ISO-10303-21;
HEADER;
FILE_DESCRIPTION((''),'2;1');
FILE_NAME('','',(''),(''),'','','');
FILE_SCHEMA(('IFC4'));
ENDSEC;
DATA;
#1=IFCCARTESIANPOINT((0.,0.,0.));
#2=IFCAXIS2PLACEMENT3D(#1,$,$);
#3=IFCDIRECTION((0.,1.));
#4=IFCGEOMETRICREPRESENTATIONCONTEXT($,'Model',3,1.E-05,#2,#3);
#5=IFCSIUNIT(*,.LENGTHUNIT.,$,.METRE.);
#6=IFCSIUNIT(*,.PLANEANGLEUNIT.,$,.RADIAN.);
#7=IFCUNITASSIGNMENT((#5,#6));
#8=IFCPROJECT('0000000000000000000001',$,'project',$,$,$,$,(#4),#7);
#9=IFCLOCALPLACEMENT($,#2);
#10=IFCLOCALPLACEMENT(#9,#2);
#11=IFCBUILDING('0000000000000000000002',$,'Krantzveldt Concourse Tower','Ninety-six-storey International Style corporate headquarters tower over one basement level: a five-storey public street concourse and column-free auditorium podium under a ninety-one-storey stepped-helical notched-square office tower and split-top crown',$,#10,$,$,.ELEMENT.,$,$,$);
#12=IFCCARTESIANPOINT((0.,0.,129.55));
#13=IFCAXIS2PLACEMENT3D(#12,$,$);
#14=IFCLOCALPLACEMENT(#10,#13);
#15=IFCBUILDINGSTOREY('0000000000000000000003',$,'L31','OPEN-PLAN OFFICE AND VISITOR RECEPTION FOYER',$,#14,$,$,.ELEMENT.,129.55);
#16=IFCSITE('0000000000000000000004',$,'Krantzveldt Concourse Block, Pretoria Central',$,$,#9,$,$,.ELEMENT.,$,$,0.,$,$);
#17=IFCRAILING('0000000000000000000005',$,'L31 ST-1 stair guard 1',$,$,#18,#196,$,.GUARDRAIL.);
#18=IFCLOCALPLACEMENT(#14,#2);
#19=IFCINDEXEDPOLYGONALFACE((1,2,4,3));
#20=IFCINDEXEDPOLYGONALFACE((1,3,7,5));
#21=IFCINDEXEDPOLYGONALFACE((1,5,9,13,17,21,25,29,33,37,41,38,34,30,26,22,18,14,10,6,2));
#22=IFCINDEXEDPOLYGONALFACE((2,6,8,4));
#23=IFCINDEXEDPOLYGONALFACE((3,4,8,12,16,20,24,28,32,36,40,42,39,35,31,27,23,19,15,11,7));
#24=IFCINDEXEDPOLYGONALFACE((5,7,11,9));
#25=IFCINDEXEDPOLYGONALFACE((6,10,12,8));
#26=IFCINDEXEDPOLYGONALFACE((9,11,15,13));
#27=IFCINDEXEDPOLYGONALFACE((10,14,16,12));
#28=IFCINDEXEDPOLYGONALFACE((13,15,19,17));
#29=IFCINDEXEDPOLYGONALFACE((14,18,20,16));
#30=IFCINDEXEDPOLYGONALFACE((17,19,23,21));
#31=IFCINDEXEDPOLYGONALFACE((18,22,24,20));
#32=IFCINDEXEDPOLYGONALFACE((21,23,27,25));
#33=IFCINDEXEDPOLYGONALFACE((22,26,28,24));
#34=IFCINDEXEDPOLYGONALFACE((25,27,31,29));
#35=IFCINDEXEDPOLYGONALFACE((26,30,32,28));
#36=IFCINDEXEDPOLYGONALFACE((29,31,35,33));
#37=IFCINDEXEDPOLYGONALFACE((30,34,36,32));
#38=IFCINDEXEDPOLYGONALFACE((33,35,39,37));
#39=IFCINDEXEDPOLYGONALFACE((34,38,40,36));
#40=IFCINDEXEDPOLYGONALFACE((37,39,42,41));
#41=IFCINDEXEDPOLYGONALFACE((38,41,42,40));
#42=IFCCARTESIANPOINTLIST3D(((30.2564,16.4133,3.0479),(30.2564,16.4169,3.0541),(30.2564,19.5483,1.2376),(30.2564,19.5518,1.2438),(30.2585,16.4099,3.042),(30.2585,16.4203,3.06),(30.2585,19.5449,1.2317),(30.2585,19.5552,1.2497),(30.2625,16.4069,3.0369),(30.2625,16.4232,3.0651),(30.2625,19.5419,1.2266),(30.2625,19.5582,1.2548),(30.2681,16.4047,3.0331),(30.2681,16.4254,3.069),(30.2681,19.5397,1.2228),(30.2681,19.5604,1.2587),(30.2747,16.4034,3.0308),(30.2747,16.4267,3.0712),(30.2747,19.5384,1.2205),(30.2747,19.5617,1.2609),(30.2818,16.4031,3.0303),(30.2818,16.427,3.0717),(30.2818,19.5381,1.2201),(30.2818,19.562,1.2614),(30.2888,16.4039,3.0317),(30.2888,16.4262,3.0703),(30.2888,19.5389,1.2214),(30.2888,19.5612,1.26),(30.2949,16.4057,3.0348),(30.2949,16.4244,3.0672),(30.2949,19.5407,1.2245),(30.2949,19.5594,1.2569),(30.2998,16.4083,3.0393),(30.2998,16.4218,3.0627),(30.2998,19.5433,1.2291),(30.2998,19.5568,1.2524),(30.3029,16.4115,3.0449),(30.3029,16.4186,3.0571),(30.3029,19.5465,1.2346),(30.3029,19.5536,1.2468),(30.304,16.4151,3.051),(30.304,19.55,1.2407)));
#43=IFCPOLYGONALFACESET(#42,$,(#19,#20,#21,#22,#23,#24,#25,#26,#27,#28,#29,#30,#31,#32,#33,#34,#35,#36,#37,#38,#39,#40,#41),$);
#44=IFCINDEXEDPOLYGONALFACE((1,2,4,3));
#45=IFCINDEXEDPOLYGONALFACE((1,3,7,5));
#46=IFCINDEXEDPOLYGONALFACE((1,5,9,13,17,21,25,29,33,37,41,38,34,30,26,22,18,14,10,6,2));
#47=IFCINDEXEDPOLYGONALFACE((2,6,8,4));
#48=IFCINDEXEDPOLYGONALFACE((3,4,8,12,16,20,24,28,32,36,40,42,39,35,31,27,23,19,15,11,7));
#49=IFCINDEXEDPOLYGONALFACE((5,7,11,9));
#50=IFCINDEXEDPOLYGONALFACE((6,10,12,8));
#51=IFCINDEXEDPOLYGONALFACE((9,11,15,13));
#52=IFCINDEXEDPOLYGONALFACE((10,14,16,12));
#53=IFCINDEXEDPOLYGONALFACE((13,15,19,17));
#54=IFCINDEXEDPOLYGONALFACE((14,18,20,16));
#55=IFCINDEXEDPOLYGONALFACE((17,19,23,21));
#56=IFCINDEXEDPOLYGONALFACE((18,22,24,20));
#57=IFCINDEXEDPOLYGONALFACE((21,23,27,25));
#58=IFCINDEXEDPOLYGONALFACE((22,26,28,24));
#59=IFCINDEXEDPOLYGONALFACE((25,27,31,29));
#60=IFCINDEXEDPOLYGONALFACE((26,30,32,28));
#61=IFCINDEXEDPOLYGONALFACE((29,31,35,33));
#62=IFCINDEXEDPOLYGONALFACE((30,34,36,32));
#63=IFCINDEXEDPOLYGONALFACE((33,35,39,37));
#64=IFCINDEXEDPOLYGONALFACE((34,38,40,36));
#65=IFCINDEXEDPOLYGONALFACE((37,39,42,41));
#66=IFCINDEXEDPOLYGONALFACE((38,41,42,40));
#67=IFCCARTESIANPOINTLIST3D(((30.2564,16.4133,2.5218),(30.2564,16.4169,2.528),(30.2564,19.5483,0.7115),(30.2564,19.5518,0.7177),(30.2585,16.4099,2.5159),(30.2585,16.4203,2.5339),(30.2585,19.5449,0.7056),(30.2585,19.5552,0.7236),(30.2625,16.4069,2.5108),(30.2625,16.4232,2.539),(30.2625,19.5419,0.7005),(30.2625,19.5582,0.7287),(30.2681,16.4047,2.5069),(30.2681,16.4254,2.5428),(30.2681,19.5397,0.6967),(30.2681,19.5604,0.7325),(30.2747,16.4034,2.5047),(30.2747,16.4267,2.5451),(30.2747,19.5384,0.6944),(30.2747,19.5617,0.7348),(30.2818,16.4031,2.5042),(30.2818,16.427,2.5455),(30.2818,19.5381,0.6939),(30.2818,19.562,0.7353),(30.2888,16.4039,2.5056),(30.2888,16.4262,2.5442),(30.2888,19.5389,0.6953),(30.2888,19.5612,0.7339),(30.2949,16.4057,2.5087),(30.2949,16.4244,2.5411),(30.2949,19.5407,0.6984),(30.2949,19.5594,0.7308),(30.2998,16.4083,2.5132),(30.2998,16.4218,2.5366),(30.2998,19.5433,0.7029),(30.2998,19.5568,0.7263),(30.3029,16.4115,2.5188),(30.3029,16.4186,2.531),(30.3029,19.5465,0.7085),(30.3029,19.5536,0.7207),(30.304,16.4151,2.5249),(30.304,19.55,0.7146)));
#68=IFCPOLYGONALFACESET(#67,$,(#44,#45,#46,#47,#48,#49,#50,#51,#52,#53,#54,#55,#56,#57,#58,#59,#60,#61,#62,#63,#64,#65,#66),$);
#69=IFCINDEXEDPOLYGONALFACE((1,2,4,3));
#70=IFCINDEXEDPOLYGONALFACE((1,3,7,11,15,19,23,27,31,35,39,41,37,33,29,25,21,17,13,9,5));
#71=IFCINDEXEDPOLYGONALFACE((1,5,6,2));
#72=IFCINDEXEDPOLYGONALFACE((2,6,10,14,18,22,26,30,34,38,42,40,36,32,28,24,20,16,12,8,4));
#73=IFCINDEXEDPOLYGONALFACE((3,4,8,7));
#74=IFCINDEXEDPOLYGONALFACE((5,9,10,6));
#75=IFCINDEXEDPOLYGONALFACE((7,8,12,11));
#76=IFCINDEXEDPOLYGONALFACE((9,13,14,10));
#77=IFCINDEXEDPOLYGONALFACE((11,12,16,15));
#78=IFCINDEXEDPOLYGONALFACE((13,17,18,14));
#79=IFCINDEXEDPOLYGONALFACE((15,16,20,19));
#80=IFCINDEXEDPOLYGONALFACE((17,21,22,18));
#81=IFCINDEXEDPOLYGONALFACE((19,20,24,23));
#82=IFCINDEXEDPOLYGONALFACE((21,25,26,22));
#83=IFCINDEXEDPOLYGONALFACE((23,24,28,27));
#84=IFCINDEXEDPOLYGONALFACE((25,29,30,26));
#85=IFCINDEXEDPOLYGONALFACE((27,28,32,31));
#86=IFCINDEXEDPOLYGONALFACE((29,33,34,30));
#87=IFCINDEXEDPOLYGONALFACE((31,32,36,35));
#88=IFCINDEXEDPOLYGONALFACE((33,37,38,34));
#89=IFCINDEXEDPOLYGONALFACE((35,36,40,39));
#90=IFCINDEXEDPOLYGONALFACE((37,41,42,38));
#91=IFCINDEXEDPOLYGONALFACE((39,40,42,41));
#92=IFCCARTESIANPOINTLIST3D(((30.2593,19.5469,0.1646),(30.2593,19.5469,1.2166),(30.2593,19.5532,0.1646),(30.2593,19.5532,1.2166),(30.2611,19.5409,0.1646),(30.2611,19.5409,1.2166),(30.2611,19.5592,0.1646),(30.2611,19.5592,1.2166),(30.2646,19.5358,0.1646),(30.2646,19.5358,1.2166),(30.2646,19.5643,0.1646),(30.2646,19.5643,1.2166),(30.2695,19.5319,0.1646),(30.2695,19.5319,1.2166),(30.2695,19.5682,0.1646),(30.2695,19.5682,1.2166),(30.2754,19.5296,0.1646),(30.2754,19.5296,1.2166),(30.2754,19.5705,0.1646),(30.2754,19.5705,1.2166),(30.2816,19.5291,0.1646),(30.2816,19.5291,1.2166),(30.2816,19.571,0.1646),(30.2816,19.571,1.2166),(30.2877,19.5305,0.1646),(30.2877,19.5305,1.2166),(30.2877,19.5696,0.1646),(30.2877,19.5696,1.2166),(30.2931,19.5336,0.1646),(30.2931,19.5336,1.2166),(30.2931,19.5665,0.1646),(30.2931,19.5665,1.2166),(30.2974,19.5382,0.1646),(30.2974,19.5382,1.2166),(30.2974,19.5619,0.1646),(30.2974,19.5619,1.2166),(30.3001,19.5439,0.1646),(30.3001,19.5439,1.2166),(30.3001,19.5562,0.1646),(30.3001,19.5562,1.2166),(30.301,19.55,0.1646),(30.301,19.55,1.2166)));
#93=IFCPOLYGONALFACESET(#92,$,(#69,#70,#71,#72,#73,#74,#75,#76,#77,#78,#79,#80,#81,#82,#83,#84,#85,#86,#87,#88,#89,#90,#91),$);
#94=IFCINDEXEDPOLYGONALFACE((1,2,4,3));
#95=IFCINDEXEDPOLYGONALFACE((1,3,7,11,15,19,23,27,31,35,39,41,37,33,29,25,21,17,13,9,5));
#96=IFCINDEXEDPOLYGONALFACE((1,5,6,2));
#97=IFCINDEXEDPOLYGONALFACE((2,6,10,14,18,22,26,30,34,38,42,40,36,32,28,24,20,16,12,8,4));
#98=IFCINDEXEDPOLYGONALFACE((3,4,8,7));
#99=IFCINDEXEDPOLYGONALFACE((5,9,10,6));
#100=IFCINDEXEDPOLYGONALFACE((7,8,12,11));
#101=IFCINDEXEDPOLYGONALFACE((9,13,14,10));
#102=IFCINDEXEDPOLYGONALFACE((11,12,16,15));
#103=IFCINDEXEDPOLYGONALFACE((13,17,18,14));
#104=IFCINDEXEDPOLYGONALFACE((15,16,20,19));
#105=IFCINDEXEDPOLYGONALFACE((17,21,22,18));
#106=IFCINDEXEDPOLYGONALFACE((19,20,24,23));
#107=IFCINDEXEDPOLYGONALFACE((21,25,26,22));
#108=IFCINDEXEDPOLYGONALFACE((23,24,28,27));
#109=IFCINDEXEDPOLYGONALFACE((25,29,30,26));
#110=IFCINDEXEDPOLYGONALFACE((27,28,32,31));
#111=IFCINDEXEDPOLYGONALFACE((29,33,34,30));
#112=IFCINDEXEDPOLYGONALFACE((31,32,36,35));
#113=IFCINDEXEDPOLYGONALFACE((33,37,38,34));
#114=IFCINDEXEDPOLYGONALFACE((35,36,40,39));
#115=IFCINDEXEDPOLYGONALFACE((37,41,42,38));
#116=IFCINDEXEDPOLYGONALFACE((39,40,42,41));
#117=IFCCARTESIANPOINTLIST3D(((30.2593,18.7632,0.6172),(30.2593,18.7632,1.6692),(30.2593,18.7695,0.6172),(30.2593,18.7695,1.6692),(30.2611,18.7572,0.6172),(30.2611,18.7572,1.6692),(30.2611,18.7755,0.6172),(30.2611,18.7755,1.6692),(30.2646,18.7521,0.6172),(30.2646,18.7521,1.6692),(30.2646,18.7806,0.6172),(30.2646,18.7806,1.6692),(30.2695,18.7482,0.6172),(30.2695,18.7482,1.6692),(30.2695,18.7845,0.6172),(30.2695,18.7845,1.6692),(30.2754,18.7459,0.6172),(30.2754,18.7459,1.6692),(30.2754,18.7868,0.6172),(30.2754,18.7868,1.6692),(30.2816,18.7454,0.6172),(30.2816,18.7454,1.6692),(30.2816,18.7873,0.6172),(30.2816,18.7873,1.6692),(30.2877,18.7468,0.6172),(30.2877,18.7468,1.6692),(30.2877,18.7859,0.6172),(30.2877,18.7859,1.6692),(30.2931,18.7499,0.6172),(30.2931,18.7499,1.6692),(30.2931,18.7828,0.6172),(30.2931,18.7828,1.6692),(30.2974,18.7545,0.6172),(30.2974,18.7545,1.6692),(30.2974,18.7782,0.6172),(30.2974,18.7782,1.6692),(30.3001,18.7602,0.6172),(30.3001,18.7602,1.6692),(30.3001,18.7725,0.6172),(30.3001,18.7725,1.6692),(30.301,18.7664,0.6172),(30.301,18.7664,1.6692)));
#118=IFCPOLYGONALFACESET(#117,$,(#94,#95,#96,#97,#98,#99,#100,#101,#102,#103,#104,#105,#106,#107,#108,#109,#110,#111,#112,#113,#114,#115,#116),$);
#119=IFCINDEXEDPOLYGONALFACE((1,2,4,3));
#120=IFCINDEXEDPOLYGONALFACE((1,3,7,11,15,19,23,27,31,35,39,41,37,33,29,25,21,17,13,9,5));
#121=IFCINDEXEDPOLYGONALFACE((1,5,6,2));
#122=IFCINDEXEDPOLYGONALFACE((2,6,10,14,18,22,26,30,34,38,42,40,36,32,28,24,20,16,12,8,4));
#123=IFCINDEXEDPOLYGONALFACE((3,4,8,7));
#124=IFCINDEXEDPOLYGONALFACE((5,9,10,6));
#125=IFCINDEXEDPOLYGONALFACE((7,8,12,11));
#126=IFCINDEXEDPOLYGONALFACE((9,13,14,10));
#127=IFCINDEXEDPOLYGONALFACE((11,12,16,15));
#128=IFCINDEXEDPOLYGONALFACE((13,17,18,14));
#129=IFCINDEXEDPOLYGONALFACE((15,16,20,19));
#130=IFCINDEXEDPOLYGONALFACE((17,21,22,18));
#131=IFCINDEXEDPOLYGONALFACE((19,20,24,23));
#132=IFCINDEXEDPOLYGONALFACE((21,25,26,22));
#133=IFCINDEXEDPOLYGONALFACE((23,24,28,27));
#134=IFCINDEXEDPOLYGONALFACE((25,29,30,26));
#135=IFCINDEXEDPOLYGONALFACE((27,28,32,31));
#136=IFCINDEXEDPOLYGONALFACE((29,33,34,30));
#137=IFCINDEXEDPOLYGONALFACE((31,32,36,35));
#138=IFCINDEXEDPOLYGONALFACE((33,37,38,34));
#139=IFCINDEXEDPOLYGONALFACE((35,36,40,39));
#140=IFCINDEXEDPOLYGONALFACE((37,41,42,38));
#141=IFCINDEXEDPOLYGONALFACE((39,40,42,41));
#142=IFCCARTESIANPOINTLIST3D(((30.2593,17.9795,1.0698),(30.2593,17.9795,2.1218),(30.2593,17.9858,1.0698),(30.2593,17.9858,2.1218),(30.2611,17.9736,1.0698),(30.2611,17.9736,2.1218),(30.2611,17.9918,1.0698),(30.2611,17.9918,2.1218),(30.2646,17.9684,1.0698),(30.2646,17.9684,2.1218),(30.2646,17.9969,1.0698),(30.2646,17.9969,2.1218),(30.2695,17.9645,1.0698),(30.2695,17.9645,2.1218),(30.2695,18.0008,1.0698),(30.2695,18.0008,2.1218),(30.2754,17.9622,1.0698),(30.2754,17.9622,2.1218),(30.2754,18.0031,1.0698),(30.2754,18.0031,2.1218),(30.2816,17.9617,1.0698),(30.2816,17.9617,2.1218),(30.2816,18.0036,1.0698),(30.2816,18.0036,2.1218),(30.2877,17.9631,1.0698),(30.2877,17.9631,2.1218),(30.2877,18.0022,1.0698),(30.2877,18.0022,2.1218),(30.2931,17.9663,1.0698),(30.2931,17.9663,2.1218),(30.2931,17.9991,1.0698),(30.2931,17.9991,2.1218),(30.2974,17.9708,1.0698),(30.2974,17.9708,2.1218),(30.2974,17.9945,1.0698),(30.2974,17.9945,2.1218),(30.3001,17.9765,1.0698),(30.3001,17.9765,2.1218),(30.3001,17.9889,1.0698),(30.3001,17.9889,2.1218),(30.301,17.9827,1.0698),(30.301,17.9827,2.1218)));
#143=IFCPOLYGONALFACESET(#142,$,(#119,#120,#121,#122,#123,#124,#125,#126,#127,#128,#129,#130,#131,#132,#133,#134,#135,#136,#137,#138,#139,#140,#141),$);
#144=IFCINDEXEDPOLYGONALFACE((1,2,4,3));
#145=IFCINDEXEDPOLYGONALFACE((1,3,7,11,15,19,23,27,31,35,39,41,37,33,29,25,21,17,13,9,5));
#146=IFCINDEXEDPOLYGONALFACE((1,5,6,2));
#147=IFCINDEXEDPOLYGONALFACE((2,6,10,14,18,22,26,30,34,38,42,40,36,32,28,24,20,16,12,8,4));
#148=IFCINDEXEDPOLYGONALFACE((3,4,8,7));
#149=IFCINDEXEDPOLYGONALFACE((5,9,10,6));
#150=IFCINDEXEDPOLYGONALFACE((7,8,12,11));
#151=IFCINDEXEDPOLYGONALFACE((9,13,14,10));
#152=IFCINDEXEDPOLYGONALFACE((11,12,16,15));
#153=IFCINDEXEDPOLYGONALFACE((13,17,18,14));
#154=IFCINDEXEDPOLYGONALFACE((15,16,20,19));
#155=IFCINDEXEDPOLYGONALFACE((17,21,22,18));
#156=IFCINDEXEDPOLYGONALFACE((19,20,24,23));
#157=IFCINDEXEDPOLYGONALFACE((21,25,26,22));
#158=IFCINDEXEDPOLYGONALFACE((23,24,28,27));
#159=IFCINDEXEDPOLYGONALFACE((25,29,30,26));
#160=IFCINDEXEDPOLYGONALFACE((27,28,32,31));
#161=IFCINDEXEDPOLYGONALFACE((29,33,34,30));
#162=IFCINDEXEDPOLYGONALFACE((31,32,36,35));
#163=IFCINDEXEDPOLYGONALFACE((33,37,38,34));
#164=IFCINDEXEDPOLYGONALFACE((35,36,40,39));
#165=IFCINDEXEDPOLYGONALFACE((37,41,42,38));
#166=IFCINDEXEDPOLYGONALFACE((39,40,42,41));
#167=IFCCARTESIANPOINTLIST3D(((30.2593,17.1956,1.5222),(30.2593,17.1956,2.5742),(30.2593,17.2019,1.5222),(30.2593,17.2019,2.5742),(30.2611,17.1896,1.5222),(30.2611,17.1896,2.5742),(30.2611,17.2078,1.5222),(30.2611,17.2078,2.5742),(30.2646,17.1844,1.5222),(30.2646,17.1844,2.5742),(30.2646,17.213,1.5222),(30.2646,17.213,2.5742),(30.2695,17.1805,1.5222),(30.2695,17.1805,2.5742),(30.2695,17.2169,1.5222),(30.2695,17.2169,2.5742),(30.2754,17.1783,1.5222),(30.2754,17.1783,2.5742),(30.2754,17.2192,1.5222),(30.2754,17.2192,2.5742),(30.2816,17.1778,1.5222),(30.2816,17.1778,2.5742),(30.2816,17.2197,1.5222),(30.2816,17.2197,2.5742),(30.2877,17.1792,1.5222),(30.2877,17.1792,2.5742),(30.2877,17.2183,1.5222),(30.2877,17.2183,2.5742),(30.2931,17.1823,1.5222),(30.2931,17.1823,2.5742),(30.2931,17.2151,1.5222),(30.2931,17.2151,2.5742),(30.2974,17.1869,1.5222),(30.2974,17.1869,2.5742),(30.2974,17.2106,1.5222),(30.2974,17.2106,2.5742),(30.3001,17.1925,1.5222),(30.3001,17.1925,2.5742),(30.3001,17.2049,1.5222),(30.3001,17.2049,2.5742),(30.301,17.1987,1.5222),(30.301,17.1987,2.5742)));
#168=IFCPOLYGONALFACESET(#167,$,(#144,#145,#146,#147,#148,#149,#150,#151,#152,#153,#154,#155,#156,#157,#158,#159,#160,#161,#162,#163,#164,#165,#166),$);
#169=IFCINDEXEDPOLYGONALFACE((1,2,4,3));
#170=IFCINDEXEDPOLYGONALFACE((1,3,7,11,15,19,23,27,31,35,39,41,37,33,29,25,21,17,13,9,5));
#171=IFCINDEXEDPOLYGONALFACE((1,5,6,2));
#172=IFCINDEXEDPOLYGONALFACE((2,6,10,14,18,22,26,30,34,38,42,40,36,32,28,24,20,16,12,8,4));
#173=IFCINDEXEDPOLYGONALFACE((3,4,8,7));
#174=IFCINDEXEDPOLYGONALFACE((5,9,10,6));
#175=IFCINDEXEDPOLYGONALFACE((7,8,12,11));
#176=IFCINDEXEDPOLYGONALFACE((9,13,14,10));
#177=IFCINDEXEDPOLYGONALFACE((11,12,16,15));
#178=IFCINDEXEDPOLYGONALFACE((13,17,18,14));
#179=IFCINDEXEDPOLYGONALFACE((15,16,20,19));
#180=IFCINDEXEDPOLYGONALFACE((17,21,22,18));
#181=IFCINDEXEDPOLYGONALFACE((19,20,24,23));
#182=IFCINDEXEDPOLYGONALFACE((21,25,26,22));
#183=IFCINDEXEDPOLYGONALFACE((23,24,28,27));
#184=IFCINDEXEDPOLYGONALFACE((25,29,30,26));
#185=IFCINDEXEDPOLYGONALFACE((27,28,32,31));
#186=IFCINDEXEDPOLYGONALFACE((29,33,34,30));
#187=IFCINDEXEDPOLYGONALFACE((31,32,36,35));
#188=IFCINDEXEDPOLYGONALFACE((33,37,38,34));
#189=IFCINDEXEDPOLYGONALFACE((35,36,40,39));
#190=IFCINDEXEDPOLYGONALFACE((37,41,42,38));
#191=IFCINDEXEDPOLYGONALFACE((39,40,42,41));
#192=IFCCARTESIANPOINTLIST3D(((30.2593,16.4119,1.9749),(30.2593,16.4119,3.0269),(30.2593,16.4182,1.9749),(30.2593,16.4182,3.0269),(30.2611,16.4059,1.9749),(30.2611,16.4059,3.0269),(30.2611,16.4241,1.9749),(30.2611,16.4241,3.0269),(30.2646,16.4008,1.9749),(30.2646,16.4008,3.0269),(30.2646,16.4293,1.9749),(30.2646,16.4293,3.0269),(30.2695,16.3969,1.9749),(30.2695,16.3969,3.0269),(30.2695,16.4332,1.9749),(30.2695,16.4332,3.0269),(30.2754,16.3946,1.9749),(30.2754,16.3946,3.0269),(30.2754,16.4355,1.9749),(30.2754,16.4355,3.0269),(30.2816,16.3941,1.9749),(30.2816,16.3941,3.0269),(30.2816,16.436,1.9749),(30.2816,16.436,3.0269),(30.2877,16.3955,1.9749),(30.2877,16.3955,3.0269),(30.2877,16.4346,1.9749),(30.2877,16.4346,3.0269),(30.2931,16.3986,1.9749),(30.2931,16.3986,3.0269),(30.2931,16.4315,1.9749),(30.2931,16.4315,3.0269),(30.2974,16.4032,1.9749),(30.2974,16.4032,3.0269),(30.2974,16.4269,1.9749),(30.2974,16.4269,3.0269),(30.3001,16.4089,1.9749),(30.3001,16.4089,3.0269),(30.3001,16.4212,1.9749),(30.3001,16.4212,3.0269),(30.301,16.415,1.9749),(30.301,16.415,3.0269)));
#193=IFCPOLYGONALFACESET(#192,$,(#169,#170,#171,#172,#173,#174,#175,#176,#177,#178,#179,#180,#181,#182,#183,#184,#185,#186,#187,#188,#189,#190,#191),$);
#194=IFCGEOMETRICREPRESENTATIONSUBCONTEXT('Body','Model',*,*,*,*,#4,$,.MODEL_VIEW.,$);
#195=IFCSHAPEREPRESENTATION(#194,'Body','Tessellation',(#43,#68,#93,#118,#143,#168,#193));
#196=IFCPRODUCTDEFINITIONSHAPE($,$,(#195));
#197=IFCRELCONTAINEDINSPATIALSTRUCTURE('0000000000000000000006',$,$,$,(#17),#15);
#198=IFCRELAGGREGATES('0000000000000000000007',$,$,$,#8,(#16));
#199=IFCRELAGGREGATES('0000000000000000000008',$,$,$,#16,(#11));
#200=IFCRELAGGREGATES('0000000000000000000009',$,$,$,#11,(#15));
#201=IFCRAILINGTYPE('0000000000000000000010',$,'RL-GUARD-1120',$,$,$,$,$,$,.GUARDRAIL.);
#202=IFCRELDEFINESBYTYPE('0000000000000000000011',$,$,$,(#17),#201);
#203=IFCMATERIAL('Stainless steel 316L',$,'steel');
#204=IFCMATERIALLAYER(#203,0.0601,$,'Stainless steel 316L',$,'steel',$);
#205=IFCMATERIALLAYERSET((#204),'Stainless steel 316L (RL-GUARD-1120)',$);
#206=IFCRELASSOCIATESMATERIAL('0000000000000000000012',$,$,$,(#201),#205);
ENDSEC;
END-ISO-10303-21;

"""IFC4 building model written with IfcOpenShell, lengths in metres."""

from ifc_helpers import new_model, si_unit, direction, frame, origin, origin_2d, place, context, subcontext, project, spatial, circle, extrude, material, layer, layer_set, type_object, element, save


model = new_model("IFC4")

# Units and contexts
model_context = context("Model", 3, precision=1e-05, world=origin(), true_north=direction((0.0, 1.0)))
body_context = subcontext(model_context, "Body", "Model", "MODEL_VIEW")
ifc_project = project(units=[si_unit("LENGTHUNIT", "METRE"), si_unit("PLANEANGLEUNIT", "RADIAN")], contexts=[model_context])

# Site, building, storey
site_placement = place(None, origin())
site = spatial("IfcSite", under=ifc_project, at=site_placement, Name="Krantzveldt Concourse Block, Pretoria Central", CompositionType="ELEMENT", RefElevation=0.0)
building_placement = place(site_placement, origin())
building = spatial("IfcBuilding", under=site, at=building_placement, Name="Krantzveldt Concourse Tower", Description="Ninety-six-storey International Style corporate headquarters tower over one basement level: a five-storey public street concourse and column-free auditorium podium under a ninety-one-storey stepped-helical notched-square office tower and split-top crown", CompositionType="ELEMENT")
storey_placement = place(building_placement, frame((0.0, 0.0, 129.55)))
storey = spatial("IfcBuildingStorey", under=building, at=storey_placement, Name="L31", Description="OPEN-PLAN OFFICE AND VISITOR RECEPTION FOYER", CompositionType="ELEMENT", Elevation=129.55)

# Shared definitions
ifc_material_1 = material(Name="Stainless steel 316L", Category="steel")

# Railing
ifc_layer_1 = layer(ifc_material_1, 0.0601, Name="Stainless steel 316L", Category="steel")
ifc_layer_set_1 = layer_set([ifc_layer_1], Name="Stainless steel 316L (RL-GUARD-1120)")
railing_type_1 = type_object("IfcRailingType", Name="RL-GUARD-1120", PredefinedType="GUARDRAIL", material=ifc_layer_set_1)
railing_1_placement = place(storey_placement, frame((30.28, 19.55, 0.1646)))
element("IfcRailing", 1, at=railing_1_placement, inside=storey, type_object=railing_type_1, Name="L31 ST-1 stair guard 1", PredefinedType="GUARDRAIL", context=body_context, shape_type="SweptSolid", body=[
    extrude(circle(Radius=0.0239, at=origin_2d()), frame((0.0, 0.0, 1.0762), z_axis=(0.0, -0.865989, 0.500063), x_axis=(1.0, 0.0, 0.0)), (0.0, 0.0, 1.0), 3.6201),
    extrude(circle(Radius=0.0239, at=origin_2d()), frame((0.0, 0.0, 0.55), z_axis=(0.0, -0.865989, 0.500063), x_axis=(1.0, 0.0, 0.0)), (0.0, 0.0, 1.0), 3.6201),
    extrude(circle(Radius=0.021, at=origin_2d()), origin(), (0.0, 0.0, 1.0), 1.052),
    extrude(circle(Radius=0.021, at=origin_2d()), frame((0.0, -0.7837, 0.4526)), (0.0, 0.0, 1.0), 1.052),
    extrude(circle(Radius=0.021, at=origin_2d()), frame((0.0, -1.5674, 0.9053)), (0.0, 0.0, 1.0), 1.052),
    extrude(circle(Radius=0.021, at=origin_2d()), frame((0.0, -2.3513, 1.3577)), (0.0, 0.0, 1.0), 1.052),
    extrude(circle(Radius=0.021, at=origin_2d()), frame((0.0, -3.135, 1.8103)), (0.0, 0.0, 1.0), 1.052),
])

save(model, "model.ifc")
